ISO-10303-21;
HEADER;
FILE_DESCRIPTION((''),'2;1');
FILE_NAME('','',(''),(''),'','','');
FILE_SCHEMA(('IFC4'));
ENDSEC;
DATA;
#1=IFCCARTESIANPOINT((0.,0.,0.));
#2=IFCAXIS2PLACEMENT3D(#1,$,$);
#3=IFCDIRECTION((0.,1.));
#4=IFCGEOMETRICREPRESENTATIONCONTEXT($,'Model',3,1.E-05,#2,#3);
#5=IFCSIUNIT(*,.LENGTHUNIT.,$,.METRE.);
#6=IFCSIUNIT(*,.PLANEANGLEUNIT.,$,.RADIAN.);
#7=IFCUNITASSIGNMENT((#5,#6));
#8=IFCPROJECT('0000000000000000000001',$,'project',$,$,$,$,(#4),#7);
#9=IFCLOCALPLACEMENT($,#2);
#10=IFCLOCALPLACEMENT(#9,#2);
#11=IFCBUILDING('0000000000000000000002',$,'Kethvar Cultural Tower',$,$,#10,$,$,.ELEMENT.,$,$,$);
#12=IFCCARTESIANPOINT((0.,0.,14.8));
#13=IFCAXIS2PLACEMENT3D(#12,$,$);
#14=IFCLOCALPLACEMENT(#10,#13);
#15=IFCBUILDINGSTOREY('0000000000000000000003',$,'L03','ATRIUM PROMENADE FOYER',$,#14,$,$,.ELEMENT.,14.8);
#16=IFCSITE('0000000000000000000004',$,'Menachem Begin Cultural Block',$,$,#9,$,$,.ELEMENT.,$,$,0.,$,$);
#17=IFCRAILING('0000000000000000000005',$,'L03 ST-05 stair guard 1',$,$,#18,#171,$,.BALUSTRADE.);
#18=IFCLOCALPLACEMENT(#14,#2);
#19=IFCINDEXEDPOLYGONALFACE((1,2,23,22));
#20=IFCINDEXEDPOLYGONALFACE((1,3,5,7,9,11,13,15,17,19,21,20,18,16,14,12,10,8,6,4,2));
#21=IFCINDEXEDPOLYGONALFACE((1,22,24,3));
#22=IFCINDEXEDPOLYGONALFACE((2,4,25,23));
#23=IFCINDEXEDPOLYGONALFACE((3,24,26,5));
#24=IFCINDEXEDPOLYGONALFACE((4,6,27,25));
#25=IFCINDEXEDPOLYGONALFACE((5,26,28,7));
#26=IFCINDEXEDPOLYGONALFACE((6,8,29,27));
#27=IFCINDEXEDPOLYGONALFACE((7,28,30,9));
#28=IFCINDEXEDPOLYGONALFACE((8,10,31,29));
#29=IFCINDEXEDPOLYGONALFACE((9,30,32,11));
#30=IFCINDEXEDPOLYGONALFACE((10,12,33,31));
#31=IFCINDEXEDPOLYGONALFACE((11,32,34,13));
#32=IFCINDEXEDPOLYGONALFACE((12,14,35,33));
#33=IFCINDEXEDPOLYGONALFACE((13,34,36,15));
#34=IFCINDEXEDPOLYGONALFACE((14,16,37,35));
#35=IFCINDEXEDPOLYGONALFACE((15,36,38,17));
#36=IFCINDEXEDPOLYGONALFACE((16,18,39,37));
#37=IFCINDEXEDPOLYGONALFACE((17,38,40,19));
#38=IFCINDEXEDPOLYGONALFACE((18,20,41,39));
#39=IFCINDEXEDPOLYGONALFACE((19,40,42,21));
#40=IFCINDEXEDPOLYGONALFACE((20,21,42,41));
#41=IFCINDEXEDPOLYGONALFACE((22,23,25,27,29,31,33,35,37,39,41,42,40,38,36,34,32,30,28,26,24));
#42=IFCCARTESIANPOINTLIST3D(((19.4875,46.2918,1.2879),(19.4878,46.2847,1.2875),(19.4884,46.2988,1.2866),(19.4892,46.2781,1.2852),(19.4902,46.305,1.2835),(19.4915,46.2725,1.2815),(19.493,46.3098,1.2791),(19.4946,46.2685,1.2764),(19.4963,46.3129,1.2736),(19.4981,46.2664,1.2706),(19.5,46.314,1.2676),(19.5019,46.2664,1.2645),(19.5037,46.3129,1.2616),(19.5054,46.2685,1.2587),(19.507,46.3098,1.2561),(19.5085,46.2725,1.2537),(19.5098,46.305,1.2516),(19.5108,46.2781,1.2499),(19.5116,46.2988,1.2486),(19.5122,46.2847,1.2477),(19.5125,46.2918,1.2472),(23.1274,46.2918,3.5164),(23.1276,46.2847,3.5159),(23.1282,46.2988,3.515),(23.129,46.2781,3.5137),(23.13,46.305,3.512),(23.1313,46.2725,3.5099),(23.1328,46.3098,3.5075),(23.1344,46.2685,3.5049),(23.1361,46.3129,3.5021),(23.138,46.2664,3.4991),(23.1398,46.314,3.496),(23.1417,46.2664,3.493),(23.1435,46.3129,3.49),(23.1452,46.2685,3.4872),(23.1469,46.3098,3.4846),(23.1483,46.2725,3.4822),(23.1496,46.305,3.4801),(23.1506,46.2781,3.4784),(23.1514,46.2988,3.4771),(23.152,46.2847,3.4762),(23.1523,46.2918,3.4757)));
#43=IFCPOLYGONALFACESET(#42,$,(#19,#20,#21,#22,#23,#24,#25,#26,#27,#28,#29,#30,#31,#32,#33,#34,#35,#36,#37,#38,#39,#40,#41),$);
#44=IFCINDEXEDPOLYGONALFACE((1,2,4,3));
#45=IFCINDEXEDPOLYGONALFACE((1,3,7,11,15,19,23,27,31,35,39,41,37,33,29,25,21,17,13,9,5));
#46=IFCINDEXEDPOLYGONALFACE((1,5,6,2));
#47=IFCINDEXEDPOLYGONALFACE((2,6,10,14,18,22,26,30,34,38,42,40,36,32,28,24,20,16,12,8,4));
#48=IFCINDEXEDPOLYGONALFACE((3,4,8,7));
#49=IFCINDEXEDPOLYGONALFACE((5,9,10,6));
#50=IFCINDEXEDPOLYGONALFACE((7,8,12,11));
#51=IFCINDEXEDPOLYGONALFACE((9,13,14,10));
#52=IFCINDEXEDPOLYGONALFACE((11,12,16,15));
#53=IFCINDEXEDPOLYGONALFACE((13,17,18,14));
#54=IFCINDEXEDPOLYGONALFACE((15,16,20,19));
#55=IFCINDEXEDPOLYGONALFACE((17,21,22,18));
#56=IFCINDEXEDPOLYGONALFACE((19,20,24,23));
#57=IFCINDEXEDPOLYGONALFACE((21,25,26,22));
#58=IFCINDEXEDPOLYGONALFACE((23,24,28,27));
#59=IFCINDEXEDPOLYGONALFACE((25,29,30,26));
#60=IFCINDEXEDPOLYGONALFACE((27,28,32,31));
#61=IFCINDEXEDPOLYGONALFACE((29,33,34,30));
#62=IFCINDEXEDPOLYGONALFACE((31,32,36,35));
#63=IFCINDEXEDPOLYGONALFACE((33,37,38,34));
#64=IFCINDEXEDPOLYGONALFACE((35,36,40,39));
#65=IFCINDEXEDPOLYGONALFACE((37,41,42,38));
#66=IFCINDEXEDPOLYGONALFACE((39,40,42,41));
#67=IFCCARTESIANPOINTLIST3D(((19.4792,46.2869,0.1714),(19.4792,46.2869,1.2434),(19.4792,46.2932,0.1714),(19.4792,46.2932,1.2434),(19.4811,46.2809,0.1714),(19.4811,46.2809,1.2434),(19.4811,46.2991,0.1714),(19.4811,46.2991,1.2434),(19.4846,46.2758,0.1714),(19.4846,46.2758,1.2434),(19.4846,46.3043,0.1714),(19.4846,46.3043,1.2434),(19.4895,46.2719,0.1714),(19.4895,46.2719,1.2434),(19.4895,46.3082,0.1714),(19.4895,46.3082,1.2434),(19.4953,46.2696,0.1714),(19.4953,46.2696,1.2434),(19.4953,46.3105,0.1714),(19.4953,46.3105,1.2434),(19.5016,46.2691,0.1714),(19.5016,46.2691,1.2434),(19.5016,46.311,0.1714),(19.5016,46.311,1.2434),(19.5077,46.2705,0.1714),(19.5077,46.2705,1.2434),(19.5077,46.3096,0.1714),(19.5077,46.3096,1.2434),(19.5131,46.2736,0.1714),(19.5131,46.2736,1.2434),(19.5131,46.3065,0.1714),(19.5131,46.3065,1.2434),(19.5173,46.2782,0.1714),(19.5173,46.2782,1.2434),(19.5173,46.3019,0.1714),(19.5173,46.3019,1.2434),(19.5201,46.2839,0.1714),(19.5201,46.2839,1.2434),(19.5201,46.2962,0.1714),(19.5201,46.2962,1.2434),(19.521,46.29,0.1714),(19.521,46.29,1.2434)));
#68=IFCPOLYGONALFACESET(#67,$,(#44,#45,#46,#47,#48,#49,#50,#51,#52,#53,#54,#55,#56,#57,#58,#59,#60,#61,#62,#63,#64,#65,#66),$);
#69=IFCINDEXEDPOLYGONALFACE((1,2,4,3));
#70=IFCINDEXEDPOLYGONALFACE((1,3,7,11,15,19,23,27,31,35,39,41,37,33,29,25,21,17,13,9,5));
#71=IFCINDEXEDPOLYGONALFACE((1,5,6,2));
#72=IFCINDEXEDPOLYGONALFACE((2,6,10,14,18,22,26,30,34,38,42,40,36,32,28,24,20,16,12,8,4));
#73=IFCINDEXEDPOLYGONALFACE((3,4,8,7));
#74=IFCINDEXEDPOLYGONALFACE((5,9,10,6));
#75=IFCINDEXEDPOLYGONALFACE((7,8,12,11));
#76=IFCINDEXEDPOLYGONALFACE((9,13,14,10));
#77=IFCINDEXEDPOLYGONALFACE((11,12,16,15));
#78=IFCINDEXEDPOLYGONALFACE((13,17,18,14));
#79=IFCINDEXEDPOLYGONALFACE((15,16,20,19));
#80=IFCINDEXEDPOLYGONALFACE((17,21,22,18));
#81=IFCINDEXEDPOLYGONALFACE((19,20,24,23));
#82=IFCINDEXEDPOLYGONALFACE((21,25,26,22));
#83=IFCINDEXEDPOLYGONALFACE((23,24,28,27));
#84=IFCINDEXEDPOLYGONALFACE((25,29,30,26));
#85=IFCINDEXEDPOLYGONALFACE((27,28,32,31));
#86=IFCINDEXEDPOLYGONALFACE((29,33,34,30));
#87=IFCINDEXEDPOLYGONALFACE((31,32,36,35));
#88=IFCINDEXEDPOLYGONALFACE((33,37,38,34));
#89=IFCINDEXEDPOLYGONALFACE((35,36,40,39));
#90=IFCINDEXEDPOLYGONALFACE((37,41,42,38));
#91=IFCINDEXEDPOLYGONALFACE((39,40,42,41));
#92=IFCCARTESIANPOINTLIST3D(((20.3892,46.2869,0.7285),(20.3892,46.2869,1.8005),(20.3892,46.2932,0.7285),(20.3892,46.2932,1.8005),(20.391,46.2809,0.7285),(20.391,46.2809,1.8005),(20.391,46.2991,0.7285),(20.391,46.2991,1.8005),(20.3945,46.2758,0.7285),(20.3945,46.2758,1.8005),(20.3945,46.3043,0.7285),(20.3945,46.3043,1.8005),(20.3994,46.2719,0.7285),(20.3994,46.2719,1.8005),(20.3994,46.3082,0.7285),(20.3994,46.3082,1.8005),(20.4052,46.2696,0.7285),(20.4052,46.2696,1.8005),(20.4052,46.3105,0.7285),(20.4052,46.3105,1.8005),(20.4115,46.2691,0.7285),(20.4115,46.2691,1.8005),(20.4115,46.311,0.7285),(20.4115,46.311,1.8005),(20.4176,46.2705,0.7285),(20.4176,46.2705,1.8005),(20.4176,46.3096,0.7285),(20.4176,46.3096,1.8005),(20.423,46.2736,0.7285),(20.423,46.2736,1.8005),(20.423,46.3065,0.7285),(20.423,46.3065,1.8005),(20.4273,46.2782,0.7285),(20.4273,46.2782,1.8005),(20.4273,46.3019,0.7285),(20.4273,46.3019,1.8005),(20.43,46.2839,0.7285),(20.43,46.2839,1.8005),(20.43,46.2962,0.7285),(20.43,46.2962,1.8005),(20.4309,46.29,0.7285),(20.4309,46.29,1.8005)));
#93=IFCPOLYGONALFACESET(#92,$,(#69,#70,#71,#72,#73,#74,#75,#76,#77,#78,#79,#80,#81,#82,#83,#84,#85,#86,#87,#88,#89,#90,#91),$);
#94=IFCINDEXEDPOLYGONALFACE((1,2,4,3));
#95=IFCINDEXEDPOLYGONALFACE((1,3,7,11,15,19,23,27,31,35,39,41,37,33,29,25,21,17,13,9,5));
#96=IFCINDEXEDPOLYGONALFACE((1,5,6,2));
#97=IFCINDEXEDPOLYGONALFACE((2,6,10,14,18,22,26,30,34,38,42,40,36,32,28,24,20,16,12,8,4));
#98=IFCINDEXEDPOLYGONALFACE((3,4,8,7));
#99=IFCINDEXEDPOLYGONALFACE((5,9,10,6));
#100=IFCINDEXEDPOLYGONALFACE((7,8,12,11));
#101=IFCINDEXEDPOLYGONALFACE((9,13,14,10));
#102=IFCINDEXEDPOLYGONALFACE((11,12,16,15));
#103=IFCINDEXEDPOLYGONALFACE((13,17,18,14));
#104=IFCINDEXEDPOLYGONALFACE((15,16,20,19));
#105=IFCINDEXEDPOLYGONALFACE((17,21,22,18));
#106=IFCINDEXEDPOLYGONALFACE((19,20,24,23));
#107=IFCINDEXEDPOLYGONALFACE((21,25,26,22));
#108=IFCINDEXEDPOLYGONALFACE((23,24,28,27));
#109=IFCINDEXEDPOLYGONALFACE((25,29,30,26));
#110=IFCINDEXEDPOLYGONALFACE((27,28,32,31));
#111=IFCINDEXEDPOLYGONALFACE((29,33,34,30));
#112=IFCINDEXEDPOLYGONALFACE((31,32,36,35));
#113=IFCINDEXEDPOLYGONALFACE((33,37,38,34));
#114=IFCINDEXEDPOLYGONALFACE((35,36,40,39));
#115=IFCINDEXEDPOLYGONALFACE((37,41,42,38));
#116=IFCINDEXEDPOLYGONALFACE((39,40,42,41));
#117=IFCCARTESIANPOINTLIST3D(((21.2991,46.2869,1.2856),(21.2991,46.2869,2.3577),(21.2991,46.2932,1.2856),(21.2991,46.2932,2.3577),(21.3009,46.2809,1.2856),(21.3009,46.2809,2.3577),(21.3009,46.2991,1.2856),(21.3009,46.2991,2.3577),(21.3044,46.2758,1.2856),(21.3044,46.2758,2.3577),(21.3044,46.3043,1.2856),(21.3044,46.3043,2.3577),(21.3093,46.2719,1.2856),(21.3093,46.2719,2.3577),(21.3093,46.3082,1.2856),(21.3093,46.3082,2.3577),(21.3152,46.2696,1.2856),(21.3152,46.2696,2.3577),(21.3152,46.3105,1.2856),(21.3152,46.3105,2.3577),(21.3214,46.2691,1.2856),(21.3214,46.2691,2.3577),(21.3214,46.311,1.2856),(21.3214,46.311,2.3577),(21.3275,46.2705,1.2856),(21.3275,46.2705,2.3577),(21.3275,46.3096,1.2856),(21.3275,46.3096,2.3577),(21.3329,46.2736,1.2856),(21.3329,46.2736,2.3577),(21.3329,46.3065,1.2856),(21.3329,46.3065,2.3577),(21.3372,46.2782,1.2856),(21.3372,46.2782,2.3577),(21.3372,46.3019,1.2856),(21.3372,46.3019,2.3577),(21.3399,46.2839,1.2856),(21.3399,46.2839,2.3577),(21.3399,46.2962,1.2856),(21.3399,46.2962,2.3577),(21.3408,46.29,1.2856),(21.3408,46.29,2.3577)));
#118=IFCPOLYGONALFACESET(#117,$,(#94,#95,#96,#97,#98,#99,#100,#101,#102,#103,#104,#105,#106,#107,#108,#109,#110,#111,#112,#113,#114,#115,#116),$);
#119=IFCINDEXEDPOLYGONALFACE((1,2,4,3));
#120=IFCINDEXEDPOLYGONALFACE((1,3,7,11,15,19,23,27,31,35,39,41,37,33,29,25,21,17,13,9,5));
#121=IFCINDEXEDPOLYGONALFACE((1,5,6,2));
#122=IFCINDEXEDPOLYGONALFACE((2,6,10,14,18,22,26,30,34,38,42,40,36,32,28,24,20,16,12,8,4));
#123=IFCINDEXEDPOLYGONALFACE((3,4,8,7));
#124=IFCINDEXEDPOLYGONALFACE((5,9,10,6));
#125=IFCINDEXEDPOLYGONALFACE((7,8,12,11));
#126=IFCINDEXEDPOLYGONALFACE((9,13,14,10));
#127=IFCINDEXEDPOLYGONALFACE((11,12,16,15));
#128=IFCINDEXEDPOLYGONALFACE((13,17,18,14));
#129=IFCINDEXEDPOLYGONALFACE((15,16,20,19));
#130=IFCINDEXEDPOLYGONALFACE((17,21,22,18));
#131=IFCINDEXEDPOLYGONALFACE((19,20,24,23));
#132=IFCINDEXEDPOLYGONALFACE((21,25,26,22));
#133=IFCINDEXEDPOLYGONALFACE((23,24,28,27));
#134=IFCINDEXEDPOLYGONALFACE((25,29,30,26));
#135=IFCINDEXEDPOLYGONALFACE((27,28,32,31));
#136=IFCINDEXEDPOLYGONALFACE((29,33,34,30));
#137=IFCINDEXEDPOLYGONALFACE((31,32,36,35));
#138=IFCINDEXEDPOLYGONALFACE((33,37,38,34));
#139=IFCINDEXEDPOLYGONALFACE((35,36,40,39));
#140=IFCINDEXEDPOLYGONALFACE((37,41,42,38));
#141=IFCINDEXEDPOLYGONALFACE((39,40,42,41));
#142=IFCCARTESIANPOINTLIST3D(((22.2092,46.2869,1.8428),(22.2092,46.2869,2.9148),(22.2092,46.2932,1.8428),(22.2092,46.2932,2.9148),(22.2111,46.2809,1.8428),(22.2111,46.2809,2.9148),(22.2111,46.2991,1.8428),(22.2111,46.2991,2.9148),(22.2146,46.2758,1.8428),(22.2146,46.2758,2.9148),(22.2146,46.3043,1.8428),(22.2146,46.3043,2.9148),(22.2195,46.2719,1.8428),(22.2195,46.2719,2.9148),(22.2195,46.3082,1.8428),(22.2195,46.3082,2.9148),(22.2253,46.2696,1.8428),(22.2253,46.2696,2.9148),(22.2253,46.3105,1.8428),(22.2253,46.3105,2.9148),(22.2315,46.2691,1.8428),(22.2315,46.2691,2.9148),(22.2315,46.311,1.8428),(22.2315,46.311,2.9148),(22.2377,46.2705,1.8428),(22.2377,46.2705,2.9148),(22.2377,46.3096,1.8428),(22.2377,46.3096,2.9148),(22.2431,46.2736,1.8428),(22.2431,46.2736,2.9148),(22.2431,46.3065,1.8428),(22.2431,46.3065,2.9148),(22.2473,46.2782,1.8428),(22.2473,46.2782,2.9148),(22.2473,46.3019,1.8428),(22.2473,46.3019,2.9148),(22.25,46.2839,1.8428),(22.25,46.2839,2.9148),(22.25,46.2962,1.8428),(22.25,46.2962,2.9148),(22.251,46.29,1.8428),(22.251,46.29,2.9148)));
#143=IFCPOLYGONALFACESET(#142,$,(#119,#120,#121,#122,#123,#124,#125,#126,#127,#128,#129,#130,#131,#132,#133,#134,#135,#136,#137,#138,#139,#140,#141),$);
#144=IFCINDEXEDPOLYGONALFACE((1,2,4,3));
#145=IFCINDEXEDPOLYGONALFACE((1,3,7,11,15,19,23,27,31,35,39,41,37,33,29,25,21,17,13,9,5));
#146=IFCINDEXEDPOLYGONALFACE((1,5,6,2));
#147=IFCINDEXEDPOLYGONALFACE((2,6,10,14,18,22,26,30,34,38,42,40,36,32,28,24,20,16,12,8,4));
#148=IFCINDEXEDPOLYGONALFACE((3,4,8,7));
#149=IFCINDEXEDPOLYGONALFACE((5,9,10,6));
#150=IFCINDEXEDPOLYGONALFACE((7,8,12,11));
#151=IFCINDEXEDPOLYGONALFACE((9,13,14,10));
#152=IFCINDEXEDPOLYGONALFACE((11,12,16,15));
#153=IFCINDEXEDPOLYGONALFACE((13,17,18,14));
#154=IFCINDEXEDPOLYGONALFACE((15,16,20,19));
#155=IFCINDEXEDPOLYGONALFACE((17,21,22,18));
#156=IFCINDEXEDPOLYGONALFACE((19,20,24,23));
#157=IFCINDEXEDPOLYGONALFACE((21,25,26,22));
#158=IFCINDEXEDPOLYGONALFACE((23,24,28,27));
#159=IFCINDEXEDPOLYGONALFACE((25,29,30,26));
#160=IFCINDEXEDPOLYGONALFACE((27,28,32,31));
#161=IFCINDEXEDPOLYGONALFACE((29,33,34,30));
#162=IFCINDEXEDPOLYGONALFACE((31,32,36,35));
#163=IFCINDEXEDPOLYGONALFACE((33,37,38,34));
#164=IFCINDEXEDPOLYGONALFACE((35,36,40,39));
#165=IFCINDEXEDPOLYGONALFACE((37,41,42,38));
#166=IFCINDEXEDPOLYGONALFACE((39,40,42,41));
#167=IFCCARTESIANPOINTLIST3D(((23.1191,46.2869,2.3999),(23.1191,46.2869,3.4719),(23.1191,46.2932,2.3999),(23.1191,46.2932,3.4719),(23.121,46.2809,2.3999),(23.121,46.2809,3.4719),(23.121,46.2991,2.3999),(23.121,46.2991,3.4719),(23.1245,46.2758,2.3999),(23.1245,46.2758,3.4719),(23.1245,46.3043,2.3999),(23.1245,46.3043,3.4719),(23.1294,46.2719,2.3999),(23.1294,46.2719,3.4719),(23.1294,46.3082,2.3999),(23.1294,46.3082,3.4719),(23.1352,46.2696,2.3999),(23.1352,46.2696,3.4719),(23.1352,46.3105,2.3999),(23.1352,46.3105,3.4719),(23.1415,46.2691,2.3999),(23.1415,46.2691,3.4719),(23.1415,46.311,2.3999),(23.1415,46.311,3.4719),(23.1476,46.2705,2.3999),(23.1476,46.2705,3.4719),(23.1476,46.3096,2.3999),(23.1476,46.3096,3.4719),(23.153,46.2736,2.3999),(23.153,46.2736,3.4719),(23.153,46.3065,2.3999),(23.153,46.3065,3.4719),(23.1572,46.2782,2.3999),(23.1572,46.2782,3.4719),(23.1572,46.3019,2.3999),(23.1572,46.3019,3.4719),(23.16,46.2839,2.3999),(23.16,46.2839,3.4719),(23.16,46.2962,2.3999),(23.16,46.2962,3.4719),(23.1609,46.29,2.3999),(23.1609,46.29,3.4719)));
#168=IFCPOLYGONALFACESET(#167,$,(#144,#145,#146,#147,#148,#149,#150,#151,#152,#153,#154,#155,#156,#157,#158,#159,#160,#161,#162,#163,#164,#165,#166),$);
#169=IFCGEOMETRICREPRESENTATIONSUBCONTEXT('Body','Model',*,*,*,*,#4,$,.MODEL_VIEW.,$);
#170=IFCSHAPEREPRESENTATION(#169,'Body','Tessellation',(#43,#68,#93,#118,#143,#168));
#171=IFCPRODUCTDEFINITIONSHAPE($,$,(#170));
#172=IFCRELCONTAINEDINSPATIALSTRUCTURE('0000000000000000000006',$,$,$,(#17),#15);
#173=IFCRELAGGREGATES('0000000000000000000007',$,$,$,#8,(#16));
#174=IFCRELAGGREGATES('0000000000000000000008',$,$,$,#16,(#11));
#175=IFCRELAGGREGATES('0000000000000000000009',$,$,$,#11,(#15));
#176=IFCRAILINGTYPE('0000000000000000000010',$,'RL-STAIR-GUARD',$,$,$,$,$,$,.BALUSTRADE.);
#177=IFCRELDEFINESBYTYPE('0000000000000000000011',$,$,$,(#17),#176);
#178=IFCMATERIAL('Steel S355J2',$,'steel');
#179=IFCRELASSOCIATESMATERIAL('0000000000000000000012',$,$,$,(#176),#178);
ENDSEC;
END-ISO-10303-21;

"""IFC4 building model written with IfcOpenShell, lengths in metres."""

from ifc_helpers import new_model, si_unit, direction, frame, origin, origin_2d, place, context, subcontext, project, spatial, circle, extrude, material, type_object, element, save


model = new_model("IFC4")

# Units and contexts
model_context = context("Model", 3, precision=1e-05, world=origin(), true_north=direction((0.0, 1.0)))
body_context = subcontext(model_context, "Body", "Model", "MODEL_VIEW")
ifc_project = project(units=[si_unit("LENGTHUNIT", "METRE"), si_unit("PLANEANGLEUNIT", "RADIAN")], contexts=[model_context])

# Site, building, storey
site_placement = place(None, origin())
site = spatial("IfcSite", under=ifc_project, at=site_placement, Name="Menachem Begin Cultural Block", CompositionType="ELEMENT", RefElevation=0.0)
building_placement = place(site_placement, origin())
building = spatial("IfcBuilding", under=site, at=building_placement, Name="Kethvar Cultural Tower", CompositionType="ELEMENT")
storey_placement = place(building_placement, frame((0.0, 0.0, 14.8)))
storey = spatial("IfcBuildingStorey", under=building, at=storey_placement, Name="L03", Description="ATRIUM PROMENADE FOYER", CompositionType="ELEMENT", Elevation=14.8)

# Railing
ifc_material_1 = material(Name="Steel S355J2", Category="steel")
railing_type_1 = type_object("IfcRailingType", Name="RL-STAIR-GUARD", PredefinedType="BALUSTRADE", material=ifc_material_1)
railing_1_placement = place(storey_placement, frame((19.5, 46.29, 0.1714)))
element("IfcRailing", 1, at=railing_1_placement, inside=storey, type_object=railing_type_1, Name="L03 ST-05 stair guard 1", PredefinedType="BALUSTRADE", context=body_context, shape_type="SweptSolid", body=[
    extrude(circle(Radius=0.0239, at=origin_2d()), frame((0.0, 0.0, 1.0962), z_axis=(0.85285, 0.0, 0.522156), x_axis=(0.0, 1.0, 0.0)), (0.0, 0.0, 1.0), 4.2678),
    extrude(circle(Radius=0.021, at=origin_2d()), origin(), (0.0, 0.0, 1.0), 1.072),
    extrude(circle(Radius=0.021, at=origin_2d()), frame((0.9099, 0.0, 0.5571)), (0.0, 0.0, 1.0), 1.072),
    extrude(circle(Radius=0.021, at=origin_2d()), frame((1.8198, 0.0, 1.1143)), (0.0, 0.0, 1.0), 1.072),
    extrude(circle(Radius=0.021, at=origin_2d()), frame((2.73, 0.0, 1.6714)), (0.0, 0.0, 1.0), 1.072),
    extrude(circle(Radius=0.021, at=origin_2d()), frame((3.6399, 0.0, 2.2285)), (0.0, 0.0, 1.0), 1.072),
])

save(model, "model.ifc")
